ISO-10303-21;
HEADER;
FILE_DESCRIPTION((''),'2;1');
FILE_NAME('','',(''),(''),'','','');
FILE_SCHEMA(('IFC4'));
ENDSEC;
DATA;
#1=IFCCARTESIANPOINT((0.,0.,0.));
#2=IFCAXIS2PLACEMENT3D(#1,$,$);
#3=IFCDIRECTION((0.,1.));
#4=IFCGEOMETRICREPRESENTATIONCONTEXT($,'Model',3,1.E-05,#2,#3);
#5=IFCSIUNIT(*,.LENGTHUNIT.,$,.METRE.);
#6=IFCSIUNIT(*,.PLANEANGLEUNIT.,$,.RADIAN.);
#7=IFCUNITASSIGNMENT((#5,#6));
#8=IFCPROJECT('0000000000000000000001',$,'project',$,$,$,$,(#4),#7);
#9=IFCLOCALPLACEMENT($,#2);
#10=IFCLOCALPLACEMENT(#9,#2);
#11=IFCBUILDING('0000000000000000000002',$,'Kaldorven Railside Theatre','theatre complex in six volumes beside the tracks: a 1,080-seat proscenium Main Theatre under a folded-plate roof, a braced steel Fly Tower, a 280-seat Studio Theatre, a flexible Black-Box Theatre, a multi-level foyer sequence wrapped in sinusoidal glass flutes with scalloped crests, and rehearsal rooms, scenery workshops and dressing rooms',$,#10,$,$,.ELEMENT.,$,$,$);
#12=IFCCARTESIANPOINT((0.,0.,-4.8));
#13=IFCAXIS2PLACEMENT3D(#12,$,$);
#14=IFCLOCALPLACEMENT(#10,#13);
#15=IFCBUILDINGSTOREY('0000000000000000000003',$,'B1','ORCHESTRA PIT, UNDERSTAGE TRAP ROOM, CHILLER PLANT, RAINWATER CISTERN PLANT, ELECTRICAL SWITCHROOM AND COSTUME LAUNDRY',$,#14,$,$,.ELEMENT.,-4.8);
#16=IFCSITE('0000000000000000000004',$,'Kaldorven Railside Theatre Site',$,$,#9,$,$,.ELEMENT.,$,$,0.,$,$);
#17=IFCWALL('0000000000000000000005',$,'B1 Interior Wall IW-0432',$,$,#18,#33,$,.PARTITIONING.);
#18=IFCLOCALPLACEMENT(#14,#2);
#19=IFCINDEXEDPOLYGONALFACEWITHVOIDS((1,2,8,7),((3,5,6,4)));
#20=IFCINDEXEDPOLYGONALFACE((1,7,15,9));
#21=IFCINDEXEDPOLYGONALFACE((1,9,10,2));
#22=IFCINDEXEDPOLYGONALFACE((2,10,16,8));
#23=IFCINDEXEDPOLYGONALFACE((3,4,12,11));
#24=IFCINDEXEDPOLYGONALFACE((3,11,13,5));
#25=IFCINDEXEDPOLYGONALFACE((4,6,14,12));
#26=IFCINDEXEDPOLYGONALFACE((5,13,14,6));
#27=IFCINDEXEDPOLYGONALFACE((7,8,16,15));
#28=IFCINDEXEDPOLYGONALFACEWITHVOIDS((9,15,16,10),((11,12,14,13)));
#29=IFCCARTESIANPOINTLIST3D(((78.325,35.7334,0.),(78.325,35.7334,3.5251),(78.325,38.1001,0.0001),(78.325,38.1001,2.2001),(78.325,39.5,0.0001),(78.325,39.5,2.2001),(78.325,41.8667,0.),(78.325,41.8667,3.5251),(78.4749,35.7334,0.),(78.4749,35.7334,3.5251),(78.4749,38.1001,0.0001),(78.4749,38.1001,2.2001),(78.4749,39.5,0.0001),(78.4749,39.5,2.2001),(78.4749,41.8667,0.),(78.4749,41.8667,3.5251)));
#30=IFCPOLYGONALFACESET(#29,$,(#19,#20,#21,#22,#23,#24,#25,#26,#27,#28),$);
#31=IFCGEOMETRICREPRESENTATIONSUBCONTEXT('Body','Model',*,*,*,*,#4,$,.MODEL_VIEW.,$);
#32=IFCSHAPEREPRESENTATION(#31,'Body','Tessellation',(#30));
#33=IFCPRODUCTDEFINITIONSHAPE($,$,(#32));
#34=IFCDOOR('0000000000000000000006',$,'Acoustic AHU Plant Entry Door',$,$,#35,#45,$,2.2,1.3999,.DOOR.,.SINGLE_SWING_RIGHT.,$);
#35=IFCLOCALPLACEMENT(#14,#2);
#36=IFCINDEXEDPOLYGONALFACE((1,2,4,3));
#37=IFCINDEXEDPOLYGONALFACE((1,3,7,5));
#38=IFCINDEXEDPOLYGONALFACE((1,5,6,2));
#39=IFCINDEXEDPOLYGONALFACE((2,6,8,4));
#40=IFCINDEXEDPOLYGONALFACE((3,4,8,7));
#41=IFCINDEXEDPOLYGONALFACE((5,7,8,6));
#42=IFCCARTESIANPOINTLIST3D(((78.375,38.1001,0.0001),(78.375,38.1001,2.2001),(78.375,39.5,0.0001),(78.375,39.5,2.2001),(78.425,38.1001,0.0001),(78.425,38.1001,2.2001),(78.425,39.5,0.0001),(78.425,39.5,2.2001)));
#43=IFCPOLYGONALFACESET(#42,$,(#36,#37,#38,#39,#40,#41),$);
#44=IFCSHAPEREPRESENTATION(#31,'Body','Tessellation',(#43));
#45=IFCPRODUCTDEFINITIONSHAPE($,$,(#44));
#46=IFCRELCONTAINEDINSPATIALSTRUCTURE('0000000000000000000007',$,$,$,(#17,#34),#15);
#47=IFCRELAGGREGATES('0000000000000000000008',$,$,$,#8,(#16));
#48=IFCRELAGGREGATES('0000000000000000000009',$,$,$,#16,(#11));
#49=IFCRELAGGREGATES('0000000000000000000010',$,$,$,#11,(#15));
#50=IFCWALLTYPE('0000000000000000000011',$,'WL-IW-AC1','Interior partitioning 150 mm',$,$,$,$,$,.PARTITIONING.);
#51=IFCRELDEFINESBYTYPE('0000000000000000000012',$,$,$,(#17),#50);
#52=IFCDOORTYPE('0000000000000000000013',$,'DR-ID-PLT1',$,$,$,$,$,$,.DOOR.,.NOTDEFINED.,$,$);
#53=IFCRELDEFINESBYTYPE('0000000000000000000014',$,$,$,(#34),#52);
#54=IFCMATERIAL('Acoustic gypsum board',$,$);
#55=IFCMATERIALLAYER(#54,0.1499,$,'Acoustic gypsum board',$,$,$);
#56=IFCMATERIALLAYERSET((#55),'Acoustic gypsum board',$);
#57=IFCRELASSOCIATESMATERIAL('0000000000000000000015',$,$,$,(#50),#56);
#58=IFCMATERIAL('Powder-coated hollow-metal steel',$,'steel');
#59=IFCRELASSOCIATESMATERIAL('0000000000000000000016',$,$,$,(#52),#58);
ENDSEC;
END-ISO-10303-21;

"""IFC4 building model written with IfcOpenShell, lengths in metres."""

from ifc_helpers import new_model, si_unit, direction, frame, frame_2d, origin, place, context, subcontext, project, spatial, rectangle, extrude, material, layer, layer_set, type_object, element, fill, save


model = new_model("IFC4")

# Units and contexts
model_context = context("Model", 3, precision=1e-05, world=origin(), true_north=direction((0.0, 1.0)))
body_context = subcontext(model_context, "Body", "Model", "MODEL_VIEW")
ifc_project = project(units=[si_unit("LENGTHUNIT", "METRE"), si_unit("PLANEANGLEUNIT", "RADIAN")], contexts=[model_context])

# Site, building, storey
site_placement = place(None, origin())
site = spatial("IfcSite", under=ifc_project, at=site_placement, Name="Kaldorven Railside Theatre Site", CompositionType="ELEMENT", RefElevation=0.0)
building_placement = place(site_placement, origin())
building = spatial("IfcBuilding", under=site, at=building_placement, Name="Kaldorven Railside Theatre", Description="theatre complex in six volumes beside the tracks: a 1,080-seat proscenium Main Theatre under a folded-plate roof, a braced steel Fly Tower, a 280-seat Studio Theatre, a flexible Black-Box Theatre, a multi-level foyer sequence wrapped in sinusoidal glass flutes with scalloped crests, and rehearsal rooms, scenery workshops and dressing rooms", CompositionType="ELEMENT")
storey_placement = place(building_placement, frame((0.0, 0.0, -4.8)))
storey = spatial("IfcBuildingStorey", under=building, at=storey_placement, Name="B1", Description="ORCHESTRA PIT, UNDERSTAGE TRAP ROOM, CHILLER PLANT, RAINWATER CISTERN PLANT, ELECTRICAL SWITCHROOM AND COSTUME LAUNDRY", CompositionType="ELEMENT", Elevation=-4.8)

# Shared definitions
ifc_material_1 = material(Name="Acoustic gypsum board")
ifc_layer = layer(ifc_material_1, 0.1499, Name="Acoustic gypsum board")
ifc_layer_set = layer_set([ifc_layer], Name="Acoustic gypsum board")
wall_type = type_object("IfcWallType", Name="WL-IW-AC1", Description="Interior partitioning 150 mm", PredefinedType="PARTITIONING", material=ifc_layer_set)

# Wall, opening, door
wall_1_placement = place(storey_placement, frame((78.3999, 35.7334, 0.0), z_axis=(0.0, 0.0, 1.0), x_axis=(0.0, 1.0, 0.0)))
wall_1 = element("IfcWall", 1, at=wall_1_placement, inside=storey, type_object=wall_type, Name="B1 Interior Wall IW-0432", PredefinedType="PARTITIONING", context=body_context, shape_type="SweptSolid", body=[
    extrude(rectangle(XDim=6.1333, YDim=0.1499, at=frame_2d((3.0667, 0.0))), origin(), (0.0, 0.0, 1.0), 3.5251),
])
opening_placement = place(wall_1_placement, frame((2.3667, 0.0, 0.0)))
opening = element("IfcOpeningElement", 2, at=opening_placement, cuts=wall_1, PredefinedType="OPENING", context=body_context, shape_type="SweptSolid", body=[
    extrude(rectangle(XDim=1.3999, YDim=2.2, at=frame_2d((0.7, 1.1001))), frame((0.0, 0.085, 0.0), z_axis=(0.0, -1.0, 0.0), x_axis=(1.0, 0.0, 0.0)), (0.0, 0.0, 1.0), 0.1699),
])
ifc_material_2 = material(Name="Powder-coated hollow-metal steel", Category="steel")
door_type = type_object("IfcDoorType", Name="DR-ID-PLT1", OperationType="NOTDEFINED", PredefinedType="DOOR", material=ifc_material_2)
door_placement = place(opening_placement, origin())
door = element("IfcDoor", 3, at=door_placement, inside=storey, type_object=door_type, Name="Acoustic AHU Plant Entry Door", OperationType="SINGLE_SWING_RIGHT", OverallHeight=2.2, OverallWidth=1.3999, PredefinedType="DOOR", context=body_context, shape_type="SweptSolid", body=[
    extrude(rectangle(XDim=1.3999, YDim=2.2, at=frame_2d((0.7, 1.1001))), frame((0.0, 0.0249, 0.0), z_axis=(0.0, -1.0, 0.0), x_axis=(1.0, 0.0, 0.0)), (0.0, 0.0, 1.0), 0.05),
])
fill(opening, door)

save(model, "model.ifc")
